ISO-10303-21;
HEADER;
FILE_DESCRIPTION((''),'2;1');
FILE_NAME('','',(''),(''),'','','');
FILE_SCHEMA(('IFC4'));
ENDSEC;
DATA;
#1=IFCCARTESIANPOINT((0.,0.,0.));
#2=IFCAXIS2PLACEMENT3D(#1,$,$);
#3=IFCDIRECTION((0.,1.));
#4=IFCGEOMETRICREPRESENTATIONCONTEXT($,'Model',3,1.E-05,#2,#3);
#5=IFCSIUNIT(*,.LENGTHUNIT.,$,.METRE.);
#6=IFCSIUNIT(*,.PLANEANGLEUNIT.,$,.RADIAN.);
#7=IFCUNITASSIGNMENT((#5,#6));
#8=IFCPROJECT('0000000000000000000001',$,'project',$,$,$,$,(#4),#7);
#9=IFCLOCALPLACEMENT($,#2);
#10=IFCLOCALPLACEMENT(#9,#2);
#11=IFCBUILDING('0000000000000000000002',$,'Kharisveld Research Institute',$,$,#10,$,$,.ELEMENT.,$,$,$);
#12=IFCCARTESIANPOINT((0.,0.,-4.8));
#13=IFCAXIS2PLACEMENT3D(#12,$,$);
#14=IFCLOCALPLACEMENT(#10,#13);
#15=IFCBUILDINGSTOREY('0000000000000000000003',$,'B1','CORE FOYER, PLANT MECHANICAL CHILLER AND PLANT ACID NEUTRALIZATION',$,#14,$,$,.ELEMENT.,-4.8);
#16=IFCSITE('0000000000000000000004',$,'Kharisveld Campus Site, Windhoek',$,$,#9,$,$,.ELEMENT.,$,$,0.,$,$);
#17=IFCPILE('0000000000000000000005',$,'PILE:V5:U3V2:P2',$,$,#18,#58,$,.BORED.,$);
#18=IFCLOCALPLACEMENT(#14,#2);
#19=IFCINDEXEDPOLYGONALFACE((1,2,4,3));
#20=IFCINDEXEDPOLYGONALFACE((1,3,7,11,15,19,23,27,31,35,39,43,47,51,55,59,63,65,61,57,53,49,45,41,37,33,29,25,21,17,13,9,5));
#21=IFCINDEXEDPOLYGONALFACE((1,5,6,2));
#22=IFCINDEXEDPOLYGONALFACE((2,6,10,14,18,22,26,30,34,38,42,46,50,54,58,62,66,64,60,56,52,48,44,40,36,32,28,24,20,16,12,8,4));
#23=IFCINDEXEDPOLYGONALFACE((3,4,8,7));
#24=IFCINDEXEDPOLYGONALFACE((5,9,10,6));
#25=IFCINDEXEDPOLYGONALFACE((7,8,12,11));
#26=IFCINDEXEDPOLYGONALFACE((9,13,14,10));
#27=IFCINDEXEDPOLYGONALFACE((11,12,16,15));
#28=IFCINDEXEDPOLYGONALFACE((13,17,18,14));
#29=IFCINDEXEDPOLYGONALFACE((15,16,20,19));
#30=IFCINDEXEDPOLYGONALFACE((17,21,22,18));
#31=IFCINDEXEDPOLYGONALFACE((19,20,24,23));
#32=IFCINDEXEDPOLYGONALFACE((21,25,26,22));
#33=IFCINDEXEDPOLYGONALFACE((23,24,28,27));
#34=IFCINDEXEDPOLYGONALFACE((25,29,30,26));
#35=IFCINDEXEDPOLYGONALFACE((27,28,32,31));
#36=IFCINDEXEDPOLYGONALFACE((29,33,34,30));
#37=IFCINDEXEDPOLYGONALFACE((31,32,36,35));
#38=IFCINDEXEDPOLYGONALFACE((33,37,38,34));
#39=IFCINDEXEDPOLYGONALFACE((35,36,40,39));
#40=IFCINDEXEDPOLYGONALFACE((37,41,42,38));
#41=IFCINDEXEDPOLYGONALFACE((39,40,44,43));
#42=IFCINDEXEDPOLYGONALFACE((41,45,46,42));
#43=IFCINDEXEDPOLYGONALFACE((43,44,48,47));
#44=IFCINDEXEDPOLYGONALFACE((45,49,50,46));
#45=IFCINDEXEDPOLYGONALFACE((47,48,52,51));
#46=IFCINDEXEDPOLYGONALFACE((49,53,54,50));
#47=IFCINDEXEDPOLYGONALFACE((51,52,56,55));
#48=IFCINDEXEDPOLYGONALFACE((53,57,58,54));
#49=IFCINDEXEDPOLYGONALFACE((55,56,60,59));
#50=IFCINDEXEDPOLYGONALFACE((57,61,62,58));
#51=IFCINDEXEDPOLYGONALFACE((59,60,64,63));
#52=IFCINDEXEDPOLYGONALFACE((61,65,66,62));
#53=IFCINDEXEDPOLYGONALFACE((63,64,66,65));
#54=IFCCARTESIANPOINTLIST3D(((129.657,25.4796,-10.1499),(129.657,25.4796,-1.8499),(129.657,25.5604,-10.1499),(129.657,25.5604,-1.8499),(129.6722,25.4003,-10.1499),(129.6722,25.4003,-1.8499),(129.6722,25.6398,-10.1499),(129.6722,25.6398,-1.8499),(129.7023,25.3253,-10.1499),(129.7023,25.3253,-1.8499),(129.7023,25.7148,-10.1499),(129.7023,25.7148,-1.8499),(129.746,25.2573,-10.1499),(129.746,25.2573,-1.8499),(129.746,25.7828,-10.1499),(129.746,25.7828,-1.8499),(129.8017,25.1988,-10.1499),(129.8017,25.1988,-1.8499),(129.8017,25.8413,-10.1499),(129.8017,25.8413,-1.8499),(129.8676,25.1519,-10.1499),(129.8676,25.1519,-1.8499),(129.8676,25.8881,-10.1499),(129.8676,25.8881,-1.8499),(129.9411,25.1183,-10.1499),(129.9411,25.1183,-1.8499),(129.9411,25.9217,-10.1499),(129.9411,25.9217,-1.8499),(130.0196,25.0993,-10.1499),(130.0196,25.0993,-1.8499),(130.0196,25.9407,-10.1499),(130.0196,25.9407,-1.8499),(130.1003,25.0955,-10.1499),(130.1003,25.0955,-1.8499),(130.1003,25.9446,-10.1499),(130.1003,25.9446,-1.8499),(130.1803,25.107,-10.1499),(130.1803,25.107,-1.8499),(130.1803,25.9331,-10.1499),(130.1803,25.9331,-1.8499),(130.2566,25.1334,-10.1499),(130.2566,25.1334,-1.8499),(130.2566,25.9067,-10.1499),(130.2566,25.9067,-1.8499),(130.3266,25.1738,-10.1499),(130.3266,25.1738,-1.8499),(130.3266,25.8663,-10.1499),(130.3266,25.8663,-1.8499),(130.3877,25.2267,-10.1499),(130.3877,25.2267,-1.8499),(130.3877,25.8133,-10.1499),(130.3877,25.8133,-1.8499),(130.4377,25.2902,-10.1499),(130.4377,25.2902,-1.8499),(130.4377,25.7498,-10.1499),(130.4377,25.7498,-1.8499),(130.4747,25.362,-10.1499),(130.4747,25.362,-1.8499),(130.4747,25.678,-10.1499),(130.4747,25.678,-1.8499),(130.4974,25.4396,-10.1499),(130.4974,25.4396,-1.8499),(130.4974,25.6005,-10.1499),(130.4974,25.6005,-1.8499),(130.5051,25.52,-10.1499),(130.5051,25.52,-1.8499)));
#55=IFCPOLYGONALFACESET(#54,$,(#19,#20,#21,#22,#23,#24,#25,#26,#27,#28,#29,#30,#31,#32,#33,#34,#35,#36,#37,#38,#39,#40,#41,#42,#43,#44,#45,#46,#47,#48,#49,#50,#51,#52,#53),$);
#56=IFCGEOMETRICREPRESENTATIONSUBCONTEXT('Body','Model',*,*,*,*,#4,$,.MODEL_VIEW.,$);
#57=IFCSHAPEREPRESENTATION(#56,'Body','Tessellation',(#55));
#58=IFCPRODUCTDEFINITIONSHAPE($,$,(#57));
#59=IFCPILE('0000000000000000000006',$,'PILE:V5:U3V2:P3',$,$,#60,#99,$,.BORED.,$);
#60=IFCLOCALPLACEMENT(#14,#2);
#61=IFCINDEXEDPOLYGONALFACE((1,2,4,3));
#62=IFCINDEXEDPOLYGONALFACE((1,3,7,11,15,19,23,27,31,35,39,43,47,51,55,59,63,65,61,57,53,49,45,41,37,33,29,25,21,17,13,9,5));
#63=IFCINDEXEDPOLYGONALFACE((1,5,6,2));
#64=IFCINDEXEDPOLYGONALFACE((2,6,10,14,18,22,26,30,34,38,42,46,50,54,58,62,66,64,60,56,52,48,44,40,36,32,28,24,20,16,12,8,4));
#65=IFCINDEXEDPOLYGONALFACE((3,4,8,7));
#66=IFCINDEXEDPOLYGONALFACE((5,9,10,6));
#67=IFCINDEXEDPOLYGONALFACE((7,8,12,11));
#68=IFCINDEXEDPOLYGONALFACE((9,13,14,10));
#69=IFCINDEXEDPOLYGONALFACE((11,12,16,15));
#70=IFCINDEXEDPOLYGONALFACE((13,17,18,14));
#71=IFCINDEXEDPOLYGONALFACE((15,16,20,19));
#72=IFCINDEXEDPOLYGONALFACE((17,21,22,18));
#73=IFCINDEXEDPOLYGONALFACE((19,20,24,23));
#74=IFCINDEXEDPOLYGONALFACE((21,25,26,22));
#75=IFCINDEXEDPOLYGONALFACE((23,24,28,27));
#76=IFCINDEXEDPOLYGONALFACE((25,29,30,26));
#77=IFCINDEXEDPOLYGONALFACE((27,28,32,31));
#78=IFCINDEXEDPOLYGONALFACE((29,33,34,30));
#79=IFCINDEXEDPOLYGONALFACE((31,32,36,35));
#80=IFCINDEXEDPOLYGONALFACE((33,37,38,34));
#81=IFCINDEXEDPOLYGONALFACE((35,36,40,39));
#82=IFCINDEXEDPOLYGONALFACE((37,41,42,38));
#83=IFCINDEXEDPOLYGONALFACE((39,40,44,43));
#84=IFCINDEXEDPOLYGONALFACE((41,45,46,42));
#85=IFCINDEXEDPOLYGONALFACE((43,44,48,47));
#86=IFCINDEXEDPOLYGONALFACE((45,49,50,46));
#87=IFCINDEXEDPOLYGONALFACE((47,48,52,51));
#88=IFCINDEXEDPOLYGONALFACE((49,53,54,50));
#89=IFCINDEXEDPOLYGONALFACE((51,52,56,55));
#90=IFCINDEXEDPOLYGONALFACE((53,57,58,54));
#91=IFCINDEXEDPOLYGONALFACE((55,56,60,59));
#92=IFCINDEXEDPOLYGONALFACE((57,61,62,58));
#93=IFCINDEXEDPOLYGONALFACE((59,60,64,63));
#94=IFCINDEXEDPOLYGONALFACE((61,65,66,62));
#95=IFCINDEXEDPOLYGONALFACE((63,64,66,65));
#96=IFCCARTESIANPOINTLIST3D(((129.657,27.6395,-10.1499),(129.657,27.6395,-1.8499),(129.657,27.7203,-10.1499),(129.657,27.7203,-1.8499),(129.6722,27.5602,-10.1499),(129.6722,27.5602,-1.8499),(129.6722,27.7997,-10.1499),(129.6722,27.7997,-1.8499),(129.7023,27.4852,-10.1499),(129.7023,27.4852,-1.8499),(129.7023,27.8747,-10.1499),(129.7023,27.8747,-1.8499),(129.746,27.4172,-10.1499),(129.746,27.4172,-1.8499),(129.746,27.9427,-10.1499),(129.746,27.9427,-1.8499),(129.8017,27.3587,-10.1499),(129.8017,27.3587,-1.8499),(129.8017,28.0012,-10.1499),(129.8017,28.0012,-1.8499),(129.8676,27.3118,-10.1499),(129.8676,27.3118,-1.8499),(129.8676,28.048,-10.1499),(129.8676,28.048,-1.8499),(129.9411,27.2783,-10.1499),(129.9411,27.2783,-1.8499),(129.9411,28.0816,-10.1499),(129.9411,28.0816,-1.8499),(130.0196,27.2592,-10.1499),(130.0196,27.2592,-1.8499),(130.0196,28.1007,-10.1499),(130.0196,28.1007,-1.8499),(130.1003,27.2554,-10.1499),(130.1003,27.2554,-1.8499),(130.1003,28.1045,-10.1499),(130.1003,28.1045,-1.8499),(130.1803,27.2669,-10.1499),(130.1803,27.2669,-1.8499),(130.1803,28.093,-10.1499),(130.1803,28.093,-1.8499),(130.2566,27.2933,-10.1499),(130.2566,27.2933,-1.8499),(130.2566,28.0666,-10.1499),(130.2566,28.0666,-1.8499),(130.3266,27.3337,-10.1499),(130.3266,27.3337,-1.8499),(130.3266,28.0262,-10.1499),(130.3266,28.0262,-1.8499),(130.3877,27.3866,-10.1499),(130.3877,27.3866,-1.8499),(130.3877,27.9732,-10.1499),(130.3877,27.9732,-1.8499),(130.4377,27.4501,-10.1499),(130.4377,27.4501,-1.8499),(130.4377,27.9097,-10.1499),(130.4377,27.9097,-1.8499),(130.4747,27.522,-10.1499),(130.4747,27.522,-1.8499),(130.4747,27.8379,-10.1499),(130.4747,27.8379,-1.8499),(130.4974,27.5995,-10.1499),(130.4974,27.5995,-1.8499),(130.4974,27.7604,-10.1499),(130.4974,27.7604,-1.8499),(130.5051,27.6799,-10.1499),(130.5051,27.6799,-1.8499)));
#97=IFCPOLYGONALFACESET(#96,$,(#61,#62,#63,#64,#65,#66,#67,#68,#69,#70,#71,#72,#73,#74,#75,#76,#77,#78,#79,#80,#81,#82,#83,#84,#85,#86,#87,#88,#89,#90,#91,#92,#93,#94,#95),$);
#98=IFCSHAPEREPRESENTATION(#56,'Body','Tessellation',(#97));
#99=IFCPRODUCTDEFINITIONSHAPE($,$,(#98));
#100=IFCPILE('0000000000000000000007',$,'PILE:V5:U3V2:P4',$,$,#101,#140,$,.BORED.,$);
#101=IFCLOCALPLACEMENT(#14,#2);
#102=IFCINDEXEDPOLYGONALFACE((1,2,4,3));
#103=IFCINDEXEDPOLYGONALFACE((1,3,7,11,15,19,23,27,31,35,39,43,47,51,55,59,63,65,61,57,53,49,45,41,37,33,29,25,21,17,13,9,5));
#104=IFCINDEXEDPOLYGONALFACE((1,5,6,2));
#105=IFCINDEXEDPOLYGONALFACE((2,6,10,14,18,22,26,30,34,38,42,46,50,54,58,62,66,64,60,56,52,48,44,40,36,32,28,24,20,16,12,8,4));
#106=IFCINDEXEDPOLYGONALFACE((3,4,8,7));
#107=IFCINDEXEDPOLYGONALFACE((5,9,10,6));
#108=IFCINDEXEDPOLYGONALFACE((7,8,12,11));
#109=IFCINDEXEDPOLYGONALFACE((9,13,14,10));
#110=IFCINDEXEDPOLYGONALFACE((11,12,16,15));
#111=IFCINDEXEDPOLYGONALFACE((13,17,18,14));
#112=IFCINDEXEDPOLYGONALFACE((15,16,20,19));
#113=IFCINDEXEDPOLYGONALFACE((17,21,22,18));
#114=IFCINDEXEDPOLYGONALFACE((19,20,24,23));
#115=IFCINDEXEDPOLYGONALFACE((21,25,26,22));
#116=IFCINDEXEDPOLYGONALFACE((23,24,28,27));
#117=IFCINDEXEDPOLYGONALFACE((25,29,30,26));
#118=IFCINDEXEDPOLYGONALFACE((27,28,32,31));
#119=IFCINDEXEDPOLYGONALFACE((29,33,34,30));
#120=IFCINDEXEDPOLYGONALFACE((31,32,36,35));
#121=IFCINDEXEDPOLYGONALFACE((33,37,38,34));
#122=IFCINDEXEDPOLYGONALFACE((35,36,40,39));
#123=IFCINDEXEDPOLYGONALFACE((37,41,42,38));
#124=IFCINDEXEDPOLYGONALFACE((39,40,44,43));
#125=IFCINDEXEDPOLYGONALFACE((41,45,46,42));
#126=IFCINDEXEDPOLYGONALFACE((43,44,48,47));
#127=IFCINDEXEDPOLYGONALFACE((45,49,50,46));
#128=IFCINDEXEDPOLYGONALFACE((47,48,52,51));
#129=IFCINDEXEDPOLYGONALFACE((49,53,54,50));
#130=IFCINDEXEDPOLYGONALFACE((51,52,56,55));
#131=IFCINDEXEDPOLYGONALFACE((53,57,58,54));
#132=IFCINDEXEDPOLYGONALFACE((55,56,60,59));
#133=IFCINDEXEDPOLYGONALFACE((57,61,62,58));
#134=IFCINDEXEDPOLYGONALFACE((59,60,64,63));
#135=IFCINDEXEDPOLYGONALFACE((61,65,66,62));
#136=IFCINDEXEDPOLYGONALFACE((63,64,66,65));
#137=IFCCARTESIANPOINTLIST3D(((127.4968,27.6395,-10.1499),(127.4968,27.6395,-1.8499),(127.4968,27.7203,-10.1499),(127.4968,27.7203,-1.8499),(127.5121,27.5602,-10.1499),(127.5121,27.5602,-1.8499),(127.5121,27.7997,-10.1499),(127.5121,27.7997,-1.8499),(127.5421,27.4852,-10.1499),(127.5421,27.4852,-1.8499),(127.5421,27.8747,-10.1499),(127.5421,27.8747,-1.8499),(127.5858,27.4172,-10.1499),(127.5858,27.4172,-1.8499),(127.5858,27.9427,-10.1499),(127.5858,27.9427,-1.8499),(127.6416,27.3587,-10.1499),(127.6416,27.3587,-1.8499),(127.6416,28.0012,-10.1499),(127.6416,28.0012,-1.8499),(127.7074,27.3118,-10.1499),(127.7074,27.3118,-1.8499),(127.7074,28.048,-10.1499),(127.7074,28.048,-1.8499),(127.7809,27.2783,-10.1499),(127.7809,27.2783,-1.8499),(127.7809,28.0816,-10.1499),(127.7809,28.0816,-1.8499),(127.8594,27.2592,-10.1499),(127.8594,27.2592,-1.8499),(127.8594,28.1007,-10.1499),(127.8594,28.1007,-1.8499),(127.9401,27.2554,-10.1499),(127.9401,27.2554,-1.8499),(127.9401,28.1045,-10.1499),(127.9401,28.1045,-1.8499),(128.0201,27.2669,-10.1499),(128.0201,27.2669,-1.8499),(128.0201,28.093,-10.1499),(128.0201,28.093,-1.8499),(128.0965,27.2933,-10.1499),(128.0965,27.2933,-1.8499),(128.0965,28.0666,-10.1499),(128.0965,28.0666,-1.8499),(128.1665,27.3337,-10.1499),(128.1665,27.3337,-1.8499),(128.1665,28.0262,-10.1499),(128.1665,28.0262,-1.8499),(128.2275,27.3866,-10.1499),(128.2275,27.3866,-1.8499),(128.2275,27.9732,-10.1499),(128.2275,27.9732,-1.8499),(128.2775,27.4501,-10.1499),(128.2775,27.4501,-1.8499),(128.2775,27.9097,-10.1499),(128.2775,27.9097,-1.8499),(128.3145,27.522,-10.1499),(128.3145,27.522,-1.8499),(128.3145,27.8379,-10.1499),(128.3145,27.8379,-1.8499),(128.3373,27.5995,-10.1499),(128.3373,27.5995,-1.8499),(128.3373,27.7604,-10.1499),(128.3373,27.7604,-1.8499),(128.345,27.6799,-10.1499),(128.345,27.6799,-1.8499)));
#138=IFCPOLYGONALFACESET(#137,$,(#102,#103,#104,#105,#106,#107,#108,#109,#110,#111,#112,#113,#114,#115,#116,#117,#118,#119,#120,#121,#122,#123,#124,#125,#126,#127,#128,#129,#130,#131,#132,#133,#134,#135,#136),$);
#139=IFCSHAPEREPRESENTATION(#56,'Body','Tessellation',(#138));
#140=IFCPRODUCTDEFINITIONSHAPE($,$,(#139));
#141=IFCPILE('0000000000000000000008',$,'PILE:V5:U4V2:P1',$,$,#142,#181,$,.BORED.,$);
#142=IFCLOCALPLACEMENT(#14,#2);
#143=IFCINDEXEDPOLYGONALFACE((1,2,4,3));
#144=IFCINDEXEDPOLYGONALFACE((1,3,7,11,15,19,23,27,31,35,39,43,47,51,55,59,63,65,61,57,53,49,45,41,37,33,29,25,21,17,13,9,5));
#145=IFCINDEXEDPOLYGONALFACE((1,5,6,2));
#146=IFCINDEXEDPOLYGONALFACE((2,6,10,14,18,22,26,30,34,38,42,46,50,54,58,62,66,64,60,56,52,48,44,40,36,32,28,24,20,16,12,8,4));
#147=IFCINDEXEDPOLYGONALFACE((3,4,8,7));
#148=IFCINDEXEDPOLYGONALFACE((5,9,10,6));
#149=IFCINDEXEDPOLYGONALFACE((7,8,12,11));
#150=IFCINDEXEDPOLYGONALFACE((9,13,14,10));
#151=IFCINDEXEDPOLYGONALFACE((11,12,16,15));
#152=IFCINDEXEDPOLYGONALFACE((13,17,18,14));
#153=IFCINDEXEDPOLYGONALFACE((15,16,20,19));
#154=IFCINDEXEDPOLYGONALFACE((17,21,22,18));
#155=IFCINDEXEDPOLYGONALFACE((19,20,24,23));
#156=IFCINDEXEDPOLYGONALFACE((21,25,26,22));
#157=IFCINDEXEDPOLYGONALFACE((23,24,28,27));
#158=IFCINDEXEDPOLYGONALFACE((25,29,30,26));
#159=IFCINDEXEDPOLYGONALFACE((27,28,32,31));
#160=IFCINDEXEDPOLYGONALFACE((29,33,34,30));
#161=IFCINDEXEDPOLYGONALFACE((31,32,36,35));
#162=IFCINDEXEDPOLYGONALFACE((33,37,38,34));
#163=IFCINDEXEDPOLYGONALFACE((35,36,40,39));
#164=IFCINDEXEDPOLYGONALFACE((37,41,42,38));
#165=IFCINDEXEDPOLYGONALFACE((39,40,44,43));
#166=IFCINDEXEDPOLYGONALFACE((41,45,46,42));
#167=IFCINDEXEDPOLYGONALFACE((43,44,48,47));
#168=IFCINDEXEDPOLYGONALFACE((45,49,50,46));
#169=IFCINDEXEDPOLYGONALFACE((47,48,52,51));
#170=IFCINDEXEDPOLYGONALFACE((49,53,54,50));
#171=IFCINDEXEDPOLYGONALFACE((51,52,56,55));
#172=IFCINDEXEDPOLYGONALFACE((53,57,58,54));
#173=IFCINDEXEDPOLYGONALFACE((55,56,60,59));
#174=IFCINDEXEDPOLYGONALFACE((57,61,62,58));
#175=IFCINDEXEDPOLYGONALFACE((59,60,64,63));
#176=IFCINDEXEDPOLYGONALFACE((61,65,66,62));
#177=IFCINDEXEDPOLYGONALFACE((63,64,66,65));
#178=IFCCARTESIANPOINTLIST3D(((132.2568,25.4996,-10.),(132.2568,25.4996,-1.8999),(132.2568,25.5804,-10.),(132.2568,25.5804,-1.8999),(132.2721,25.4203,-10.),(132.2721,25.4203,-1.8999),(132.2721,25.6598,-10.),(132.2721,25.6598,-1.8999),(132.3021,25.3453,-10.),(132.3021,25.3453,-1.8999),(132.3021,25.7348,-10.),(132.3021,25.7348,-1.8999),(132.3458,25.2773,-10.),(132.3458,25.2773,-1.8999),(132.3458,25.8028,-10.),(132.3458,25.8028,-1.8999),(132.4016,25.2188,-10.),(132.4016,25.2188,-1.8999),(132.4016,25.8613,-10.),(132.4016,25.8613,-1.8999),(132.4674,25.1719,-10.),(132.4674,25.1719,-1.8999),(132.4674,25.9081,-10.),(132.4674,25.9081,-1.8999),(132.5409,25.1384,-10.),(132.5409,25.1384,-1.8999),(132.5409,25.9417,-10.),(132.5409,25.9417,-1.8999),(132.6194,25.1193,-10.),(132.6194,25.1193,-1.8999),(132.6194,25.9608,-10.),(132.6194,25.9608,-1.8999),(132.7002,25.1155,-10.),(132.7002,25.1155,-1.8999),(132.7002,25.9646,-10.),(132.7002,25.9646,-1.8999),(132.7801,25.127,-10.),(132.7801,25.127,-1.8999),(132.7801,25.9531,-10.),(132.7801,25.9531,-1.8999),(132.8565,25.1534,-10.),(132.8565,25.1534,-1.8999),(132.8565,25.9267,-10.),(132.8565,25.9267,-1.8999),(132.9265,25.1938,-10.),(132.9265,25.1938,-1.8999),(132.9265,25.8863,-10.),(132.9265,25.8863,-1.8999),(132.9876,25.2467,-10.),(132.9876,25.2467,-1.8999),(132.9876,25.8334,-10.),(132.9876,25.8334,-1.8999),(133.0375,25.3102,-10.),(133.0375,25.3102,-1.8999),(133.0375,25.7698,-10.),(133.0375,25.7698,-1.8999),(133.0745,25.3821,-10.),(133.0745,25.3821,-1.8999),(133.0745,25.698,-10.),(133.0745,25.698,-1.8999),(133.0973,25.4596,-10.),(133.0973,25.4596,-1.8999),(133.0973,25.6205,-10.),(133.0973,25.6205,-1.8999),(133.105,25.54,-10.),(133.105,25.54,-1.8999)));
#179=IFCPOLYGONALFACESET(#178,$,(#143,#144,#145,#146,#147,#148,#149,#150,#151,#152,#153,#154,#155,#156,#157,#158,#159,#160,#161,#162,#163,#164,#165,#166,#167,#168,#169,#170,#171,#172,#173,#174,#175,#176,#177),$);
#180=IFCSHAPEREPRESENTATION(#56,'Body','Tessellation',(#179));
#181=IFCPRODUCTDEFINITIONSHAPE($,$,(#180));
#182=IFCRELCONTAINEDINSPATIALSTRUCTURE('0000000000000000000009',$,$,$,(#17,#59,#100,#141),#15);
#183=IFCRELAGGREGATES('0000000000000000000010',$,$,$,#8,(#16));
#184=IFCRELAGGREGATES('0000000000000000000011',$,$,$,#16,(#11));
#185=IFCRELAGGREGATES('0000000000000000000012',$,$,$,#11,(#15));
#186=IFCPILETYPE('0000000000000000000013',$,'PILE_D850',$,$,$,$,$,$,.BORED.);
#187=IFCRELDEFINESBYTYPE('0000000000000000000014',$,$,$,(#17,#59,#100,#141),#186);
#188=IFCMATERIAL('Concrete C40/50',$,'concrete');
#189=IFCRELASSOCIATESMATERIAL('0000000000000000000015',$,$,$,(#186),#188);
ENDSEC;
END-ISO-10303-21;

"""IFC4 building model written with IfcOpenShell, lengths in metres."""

from ifc_helpers import new_model, si_unit, direction, frame, origin, origin_2d, place, context, subcontext, project, spatial, circle, extrude, material, material_profile, profile_set, type_object, element, save


model = new_model("IFC4")

# Units and contexts
model_context = context("Model", 3, precision=1e-05, world=origin(), true_north=direction((0.0, 1.0)))
body_context = subcontext(model_context, "Body", "Model", "MODEL_VIEW")
ifc_project = project(units=[si_unit("LENGTHUNIT", "METRE"), si_unit("PLANEANGLEUNIT", "RADIAN")], contexts=[model_context])

# Site, building, storey
site_placement = place(None, origin())
site = spatial("IfcSite", under=ifc_project, at=site_placement, Name="Kharisveld Campus Site, Windhoek", CompositionType="ELEMENT", RefElevation=0.0)
building_placement = place(site_placement, origin())
building = spatial("IfcBuilding", under=site, at=building_placement, Name="Kharisveld Research Institute", CompositionType="ELEMENT")
storey_placement = place(building_placement, frame((0.0, 0.0, -4.8)))
storey = spatial("IfcBuildingStorey", under=building, at=storey_placement, Name="B1", Description="CORE FOYER, PLANT MECHANICAL CHILLER AND PLANT ACID NEUTRALIZATION", CompositionType="ELEMENT", Elevation=-4.8)

# Piles
ifc_material_1 = material(Name="Concrete C40/50", Category="concrete")
ifc_material_profile_1 = material_profile(ifc_material_1, circle(Radius=0.425, at=origin_2d()))
ifc_profile_set_1 = profile_set([ifc_material_profile_1], Name="Concrete C40/50")
pile_type_1 = type_object("IfcPileType", Name="PILE_D850", PredefinedType="BORED", material=ifc_profile_set_1)
for number, where, z_axis, x_axis, name in (
    (1, (130.0801, 25.52, -1.8499), (0.0, 0.0, -1.0), (1.0, 0.0, 0.0), "PILE:V5:U3V2:P2"),
    (2, (130.0801, 27.6799, -1.8499), (0.0, 0.0, -1.0), (1.0, 0.0, 0.0), "PILE:V5:U3V2:P3"),
    (3, (127.9199, 27.6799, -1.8499), (0.0, 0.0, -1.0), (1.0, 0.0, 0.0), "PILE:V5:U3V2:P4"),
):
    element("IfcPile", number, at=place(storey_placement, frame(where, z_axis=z_axis, x_axis=x_axis)), inside=storey, type_object=pile_type_1, Name=name, PredefinedType="BORED", context=body_context, shape_type="SweptSolid", body=[
        extrude(circle(Radius=0.425, at=origin_2d()), origin(), (0.0, 0.0, 1.0), 8.3),
    ])
for number, where, z_axis, x_axis, name in (
    (4, (132.6799, 25.54, -1.8999), (0.0, 0.0, -1.0), (1.0, 0.0, 0.0), "PILE:V5:U4V2:P1"),
):
    element("IfcPile", number, at=place(storey_placement, frame(where, z_axis=z_axis, x_axis=x_axis)), inside=storey, type_object=pile_type_1, Name=name, PredefinedType="BORED", context=body_context, shape_type="SweptSolid", body=[
        extrude(circle(Radius=0.425, at=origin_2d()), origin(), (0.0, 0.0, 1.0), 8.1001),
    ])

save(model, "model.ifc")
